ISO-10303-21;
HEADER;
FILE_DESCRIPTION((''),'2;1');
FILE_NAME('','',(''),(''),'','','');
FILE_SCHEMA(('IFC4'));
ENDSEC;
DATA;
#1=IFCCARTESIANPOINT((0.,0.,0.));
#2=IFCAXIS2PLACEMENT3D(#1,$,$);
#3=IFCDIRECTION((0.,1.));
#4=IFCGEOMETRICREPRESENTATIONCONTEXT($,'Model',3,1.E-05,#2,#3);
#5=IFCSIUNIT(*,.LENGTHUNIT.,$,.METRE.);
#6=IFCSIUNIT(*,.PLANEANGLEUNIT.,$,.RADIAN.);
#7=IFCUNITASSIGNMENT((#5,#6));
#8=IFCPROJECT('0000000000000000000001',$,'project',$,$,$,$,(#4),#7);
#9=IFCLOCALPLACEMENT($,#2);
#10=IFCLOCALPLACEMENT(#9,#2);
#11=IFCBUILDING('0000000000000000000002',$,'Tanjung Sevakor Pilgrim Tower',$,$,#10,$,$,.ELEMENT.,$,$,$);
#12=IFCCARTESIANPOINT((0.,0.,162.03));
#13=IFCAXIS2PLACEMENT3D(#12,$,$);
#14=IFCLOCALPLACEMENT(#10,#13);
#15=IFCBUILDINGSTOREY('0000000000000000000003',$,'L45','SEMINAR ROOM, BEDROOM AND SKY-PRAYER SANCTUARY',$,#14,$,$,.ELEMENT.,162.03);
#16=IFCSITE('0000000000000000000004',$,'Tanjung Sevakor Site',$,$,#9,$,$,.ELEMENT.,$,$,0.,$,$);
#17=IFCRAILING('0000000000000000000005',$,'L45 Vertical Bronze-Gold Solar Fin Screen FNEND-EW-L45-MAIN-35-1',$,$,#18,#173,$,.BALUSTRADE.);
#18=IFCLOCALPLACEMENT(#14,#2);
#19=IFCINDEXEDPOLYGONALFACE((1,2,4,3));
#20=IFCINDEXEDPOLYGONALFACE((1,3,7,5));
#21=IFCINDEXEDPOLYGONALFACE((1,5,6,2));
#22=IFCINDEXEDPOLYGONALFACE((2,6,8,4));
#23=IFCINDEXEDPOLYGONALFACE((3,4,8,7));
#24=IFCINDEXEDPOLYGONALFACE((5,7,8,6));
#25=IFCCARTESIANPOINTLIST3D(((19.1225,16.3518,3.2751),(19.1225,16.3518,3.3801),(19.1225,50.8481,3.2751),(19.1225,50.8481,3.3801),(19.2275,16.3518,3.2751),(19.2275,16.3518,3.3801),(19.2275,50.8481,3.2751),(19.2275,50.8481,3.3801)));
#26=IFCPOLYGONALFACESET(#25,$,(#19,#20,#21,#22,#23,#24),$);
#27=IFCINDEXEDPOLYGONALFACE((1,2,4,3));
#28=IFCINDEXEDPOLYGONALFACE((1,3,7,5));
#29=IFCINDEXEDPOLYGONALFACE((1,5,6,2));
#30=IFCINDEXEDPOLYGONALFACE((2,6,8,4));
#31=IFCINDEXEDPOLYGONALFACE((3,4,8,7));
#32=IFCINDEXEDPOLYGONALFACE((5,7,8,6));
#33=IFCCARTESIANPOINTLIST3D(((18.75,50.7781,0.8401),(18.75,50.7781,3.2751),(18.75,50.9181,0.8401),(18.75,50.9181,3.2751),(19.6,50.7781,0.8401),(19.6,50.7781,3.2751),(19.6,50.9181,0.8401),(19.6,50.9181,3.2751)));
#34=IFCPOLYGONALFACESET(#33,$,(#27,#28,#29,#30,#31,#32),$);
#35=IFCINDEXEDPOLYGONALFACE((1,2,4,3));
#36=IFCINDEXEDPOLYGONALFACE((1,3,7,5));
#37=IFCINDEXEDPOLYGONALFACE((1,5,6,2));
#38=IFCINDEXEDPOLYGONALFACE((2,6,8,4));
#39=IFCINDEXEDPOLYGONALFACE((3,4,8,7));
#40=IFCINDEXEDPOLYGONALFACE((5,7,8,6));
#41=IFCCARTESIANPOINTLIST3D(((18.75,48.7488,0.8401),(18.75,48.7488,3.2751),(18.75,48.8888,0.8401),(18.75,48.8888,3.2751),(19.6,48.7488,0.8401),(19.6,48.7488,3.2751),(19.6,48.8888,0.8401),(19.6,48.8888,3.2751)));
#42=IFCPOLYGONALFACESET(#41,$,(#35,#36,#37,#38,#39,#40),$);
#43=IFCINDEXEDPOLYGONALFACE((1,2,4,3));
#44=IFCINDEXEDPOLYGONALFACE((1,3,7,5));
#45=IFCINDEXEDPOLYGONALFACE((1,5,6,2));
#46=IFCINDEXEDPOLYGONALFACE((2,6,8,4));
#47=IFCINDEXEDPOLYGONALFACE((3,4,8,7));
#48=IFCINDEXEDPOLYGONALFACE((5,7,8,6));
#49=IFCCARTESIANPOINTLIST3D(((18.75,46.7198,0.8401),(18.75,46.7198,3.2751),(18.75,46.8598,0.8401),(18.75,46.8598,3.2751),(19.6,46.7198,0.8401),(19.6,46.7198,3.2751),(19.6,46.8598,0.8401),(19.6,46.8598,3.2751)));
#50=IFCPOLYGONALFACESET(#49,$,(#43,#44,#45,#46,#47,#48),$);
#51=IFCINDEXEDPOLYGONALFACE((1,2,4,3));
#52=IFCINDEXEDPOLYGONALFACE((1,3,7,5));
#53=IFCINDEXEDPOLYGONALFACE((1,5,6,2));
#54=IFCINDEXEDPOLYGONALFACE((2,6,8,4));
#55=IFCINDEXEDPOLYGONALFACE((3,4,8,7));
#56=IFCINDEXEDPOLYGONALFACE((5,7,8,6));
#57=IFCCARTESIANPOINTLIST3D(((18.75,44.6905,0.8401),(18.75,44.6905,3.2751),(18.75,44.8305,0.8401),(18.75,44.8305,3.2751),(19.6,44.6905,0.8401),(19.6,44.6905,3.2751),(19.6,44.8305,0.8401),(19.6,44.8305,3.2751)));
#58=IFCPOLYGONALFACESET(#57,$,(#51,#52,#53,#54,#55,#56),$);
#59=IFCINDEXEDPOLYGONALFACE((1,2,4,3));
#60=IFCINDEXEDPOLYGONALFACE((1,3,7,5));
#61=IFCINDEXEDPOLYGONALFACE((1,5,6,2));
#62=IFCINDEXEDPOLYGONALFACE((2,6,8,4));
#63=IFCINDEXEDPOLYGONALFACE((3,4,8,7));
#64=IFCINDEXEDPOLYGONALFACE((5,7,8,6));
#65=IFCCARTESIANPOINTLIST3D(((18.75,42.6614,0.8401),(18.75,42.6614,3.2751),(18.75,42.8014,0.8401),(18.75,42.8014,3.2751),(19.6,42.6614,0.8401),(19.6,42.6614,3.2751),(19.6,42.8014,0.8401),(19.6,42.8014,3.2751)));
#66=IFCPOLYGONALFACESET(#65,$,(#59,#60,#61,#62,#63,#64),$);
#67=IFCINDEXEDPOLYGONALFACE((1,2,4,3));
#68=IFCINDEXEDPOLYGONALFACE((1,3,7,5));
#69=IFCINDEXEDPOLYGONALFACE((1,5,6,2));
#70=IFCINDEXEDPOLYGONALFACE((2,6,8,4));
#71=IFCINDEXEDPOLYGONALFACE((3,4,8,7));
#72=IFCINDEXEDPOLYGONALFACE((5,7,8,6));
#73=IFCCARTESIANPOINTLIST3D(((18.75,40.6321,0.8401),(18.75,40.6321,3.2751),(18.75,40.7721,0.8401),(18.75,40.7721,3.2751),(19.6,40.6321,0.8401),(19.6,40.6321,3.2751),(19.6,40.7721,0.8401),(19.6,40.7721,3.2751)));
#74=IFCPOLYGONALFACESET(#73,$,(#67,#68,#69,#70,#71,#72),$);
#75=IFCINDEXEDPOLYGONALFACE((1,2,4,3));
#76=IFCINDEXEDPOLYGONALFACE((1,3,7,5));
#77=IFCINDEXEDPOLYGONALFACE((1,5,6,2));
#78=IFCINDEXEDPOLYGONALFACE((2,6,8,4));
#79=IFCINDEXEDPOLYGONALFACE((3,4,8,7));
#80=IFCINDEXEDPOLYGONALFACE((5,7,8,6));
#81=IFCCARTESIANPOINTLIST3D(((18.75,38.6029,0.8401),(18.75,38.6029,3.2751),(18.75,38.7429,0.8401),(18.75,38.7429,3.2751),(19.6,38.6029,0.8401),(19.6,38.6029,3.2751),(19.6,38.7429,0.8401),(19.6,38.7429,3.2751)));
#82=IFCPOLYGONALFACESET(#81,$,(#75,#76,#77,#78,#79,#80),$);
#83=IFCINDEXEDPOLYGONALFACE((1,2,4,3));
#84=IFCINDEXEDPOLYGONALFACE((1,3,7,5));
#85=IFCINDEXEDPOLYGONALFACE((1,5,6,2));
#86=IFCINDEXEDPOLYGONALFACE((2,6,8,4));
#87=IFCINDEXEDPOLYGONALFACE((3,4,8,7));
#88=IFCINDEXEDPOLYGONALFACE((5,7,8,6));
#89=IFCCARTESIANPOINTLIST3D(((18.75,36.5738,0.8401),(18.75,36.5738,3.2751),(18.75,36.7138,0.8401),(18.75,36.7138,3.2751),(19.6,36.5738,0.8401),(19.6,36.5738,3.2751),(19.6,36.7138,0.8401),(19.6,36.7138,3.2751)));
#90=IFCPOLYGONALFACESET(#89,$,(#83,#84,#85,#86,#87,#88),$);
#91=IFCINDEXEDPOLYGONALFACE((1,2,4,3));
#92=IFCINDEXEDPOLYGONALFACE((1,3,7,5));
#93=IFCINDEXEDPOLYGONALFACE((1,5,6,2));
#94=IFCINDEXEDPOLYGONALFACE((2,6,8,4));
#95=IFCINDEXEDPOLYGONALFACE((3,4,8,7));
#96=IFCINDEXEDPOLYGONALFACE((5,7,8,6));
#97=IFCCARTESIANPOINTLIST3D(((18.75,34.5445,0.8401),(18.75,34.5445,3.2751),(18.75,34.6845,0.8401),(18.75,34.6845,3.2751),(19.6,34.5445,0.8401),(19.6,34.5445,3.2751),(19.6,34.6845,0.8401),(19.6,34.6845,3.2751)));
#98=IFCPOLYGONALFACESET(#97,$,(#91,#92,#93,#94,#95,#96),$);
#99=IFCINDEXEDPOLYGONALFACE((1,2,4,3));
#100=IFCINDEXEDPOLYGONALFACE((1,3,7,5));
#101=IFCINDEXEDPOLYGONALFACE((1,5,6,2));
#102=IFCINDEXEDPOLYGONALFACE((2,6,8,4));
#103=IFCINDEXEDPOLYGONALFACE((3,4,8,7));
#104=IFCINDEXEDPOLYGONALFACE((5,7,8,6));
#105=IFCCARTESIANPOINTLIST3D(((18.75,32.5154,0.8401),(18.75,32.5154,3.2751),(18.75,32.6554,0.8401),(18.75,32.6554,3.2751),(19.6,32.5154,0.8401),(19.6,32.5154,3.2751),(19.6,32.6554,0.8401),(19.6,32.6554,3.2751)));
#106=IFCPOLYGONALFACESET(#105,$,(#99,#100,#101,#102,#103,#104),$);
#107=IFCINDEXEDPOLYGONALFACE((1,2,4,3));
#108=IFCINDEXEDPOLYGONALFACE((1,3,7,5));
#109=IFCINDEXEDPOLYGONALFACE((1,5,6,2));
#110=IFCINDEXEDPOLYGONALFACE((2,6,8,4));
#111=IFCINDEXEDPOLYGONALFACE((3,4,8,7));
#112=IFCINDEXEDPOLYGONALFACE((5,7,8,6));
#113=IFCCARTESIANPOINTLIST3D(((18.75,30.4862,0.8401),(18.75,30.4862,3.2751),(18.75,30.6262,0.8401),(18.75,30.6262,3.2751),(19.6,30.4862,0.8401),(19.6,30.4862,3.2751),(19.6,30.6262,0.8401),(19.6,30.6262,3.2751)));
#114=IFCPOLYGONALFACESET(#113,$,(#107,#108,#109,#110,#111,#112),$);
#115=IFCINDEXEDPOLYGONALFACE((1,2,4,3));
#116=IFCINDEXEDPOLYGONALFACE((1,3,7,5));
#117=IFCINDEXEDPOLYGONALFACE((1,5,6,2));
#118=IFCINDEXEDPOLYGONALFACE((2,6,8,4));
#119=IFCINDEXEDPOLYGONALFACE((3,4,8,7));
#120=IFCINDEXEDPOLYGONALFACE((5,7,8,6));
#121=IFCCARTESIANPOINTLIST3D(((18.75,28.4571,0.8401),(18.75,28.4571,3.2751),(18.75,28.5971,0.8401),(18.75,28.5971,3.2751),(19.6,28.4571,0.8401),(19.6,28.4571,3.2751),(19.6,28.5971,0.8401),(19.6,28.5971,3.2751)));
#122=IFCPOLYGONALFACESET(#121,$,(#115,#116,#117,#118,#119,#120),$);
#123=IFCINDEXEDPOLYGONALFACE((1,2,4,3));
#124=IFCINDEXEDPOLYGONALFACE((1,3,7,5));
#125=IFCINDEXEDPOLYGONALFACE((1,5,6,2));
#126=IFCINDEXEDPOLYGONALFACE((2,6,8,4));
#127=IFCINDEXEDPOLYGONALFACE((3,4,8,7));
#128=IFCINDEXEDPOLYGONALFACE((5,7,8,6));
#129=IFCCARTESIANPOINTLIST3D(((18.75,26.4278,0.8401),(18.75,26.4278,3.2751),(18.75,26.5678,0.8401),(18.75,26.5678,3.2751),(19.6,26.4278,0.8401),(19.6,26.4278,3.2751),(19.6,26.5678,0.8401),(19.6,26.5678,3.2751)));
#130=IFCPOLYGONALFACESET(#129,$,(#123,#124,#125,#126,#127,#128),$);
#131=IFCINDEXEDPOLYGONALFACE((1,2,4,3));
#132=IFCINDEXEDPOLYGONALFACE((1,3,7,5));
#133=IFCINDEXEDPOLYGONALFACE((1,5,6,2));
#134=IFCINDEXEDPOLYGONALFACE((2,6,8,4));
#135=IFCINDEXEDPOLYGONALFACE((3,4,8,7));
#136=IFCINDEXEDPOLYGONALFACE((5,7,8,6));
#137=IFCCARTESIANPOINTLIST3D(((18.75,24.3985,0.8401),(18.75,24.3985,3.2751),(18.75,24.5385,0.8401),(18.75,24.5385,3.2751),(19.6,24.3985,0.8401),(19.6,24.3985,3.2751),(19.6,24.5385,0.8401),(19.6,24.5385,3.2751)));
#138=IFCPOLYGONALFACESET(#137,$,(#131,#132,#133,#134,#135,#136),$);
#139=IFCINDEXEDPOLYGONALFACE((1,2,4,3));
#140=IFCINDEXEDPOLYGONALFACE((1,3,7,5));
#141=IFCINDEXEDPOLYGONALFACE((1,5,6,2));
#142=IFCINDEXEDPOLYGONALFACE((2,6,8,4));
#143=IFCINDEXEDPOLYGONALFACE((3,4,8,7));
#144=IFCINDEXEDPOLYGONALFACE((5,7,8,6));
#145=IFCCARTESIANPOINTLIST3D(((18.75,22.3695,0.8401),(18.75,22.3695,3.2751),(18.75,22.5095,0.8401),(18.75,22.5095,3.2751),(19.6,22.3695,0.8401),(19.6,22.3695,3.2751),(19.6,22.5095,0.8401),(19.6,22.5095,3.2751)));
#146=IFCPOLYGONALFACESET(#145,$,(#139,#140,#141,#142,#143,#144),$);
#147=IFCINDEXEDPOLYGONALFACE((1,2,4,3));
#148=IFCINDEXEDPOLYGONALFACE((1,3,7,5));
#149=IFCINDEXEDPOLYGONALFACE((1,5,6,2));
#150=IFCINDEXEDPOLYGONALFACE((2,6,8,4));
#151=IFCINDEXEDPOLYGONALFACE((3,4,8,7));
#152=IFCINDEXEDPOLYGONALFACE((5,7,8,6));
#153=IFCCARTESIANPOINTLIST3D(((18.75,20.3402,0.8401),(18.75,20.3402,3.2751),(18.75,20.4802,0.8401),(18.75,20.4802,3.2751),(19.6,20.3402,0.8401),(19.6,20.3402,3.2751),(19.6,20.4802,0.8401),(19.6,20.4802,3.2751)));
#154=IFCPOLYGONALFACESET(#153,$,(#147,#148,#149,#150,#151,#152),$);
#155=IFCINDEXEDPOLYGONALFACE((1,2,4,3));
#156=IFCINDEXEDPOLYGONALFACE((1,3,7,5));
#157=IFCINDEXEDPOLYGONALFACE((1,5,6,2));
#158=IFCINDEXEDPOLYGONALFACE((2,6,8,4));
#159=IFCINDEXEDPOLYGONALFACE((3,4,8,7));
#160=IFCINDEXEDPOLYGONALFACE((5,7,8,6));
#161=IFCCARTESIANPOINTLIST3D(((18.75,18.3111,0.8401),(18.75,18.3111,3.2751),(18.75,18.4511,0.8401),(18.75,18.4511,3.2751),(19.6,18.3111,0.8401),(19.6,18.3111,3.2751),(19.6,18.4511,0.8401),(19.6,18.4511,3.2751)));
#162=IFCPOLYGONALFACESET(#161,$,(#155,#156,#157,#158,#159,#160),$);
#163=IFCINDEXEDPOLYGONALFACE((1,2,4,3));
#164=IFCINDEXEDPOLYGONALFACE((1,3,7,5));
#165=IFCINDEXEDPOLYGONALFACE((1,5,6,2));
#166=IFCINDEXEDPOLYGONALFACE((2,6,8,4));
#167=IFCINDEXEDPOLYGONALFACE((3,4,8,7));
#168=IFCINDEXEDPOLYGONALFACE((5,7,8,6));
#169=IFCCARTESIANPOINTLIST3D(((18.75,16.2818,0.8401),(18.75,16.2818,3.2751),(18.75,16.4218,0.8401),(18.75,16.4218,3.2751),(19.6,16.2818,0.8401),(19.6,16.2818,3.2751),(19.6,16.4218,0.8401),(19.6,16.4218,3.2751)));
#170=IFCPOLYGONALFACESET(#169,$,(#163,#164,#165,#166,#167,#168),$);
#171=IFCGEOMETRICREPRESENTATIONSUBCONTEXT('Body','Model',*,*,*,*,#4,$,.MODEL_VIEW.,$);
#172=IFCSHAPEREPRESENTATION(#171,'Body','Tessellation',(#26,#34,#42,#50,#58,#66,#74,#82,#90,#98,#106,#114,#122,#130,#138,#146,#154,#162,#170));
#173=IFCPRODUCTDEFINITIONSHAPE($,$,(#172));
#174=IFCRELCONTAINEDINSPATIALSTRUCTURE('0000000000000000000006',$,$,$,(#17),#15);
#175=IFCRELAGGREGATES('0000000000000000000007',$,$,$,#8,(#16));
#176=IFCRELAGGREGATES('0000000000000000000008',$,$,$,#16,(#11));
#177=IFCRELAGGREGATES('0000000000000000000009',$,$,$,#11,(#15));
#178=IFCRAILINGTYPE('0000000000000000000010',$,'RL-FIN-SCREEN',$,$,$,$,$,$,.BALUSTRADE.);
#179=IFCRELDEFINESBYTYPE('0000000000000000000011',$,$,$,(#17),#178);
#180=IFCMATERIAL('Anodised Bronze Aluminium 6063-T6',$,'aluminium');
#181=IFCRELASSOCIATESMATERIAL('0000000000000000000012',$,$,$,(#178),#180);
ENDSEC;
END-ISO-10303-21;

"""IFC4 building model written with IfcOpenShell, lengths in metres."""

from ifc_helpers import new_model, si_unit, direction, frame, origin, place, context, subcontext, project, spatial, rectangle, extrude, material, type_object, element, save


model = new_model("IFC4")

# Units and contexts
model_context = context("Model", 3, precision=1e-05, world=origin(), true_north=direction((0.0, 1.0)))
body_context = subcontext(model_context, "Body", "Model", "MODEL_VIEW")
ifc_project = project(units=[si_unit("LENGTHUNIT", "METRE"), si_unit("PLANEANGLEUNIT", "RADIAN")], contexts=[model_context])

# Site, building, storey
site_placement = place(None, origin())
site = spatial("IfcSite", under=ifc_project, at=site_placement, Name="Tanjung Sevakor Site", CompositionType="ELEMENT", RefElevation=0.0)
building_placement = place(site_placement, origin())
building = spatial("IfcBuilding", under=site, at=building_placement, Name="Tanjung Sevakor Pilgrim Tower", CompositionType="ELEMENT")
storey_placement = place(building_placement, frame((0.0, 0.0, 162.03)))
storey = spatial("IfcBuildingStorey", under=building, at=storey_placement, Name="L45", Description="SEMINAR ROOM, BEDROOM AND SKY-PRAYER SANCTUARY", CompositionType="ELEMENT", Elevation=162.03)

# Railing
ifc_material_1 = material(Name="Anodised Bronze Aluminium 6063-T6", Category="aluminium")
railing_type = type_object("IfcRailingType", Name="RL-FIN-SCREEN", PredefinedType="BALUSTRADE", material=ifc_material_1)
railing_1_placement = place(storey_placement, frame((19.175, 50.8481, 0.8401)))
element("IfcRailing", 1, at=railing_1_placement, inside=storey, type_object=railing_type, Name="L45 Vertical Bronze-Gold Solar Fin Screen FNEND-EW-L45-MAIN-35-1", PredefinedType="BALUSTRADE", context=body_context, shape_type="SweptSolid", body=[
    extrude(rectangle(XDim=0.105, YDim=0.105), frame((0.0, 0.0, 2.4875), z_axis=(0.0, -1.0, 0.0), x_axis=(1.0, 0.0, 0.0)), (0.0, 0.0, 1.0), 34.4963),
    extrude(rectangle(XDim=0.85, YDim=0.14), origin(), (0.0, 0.0, 1.0), 2.4351),
    extrude(rectangle(XDim=0.85, YDim=0.14), frame((0.0, -2.0293, 0.0)), (0.0, 0.0, 1.0), 2.4351),
    extrude(rectangle(XDim=0.85, YDim=0.14), frame((0.0, -4.0583, 0.0)), (0.0, 0.0, 1.0), 2.4351),
    extrude(rectangle(XDim=0.85, YDim=0.14), frame((0.0, -6.0876, 0.0)), (0.0, 0.0, 1.0), 2.4351),
    extrude(rectangle(XDim=0.85, YDim=0.14), frame((0.0, -8.1167, 0.0)), (0.0, 0.0, 1.0), 2.4351),
    extrude(rectangle(XDim=0.85, YDim=0.14), frame((0.0, -10.146, 0.0)), (0.0, 0.0, 1.0), 2.4351),
    extrude(rectangle(XDim=0.85, YDim=0.14), frame((0.0, -12.1753, 0.0)), (0.0, 0.0, 1.0), 2.4351),
    extrude(rectangle(XDim=0.85, YDim=0.14), frame((0.0, -14.2043, 0.0)), (0.0, 0.0, 1.0), 2.4351),
    extrude(rectangle(XDim=0.85, YDim=0.14), frame((0.0, -16.2336, 0.0)), (0.0, 0.0, 1.0), 2.4351),
    extrude(rectangle(XDim=0.85, YDim=0.14), frame((0.0, -18.2627, 0.0)), (0.0, 0.0, 1.0), 2.4351),
    extrude(rectangle(XDim=0.85, YDim=0.14), frame((0.0, -20.292, 0.0)), (0.0, 0.0, 1.0), 2.4351),
    extrude(rectangle(XDim=0.85, YDim=0.14), frame((0.0, -22.321, 0.0)), (0.0, 0.0, 1.0), 2.4351),
    extrude(rectangle(XDim=0.85, YDim=0.14), frame((0.0, -24.3503, 0.0)), (0.0, 0.0, 1.0), 2.4351),
    extrude(rectangle(XDim=0.85, YDim=0.14), frame((0.0, -26.3796, 0.0)), (0.0, 0.0, 1.0), 2.4351),
    extrude(rectangle(XDim=0.85, YDim=0.14), frame((0.0, -28.4087, 0.0)), (0.0, 0.0, 1.0), 2.4351),
    extrude(rectangle(XDim=0.85, YDim=0.14), frame((0.0, -30.438, 0.0)), (0.0, 0.0, 1.0), 2.4351),
    extrude(rectangle(XDim=0.85, YDim=0.14), frame((0.0, -32.467, 0.0)), (0.0, 0.0, 1.0), 2.4351),
    extrude(rectangle(XDim=0.85, YDim=0.14), frame((0.0, -34.4963, 0.0)), (0.0, 0.0, 1.0), 2.4351),
])

save(model, "model.ifc")
